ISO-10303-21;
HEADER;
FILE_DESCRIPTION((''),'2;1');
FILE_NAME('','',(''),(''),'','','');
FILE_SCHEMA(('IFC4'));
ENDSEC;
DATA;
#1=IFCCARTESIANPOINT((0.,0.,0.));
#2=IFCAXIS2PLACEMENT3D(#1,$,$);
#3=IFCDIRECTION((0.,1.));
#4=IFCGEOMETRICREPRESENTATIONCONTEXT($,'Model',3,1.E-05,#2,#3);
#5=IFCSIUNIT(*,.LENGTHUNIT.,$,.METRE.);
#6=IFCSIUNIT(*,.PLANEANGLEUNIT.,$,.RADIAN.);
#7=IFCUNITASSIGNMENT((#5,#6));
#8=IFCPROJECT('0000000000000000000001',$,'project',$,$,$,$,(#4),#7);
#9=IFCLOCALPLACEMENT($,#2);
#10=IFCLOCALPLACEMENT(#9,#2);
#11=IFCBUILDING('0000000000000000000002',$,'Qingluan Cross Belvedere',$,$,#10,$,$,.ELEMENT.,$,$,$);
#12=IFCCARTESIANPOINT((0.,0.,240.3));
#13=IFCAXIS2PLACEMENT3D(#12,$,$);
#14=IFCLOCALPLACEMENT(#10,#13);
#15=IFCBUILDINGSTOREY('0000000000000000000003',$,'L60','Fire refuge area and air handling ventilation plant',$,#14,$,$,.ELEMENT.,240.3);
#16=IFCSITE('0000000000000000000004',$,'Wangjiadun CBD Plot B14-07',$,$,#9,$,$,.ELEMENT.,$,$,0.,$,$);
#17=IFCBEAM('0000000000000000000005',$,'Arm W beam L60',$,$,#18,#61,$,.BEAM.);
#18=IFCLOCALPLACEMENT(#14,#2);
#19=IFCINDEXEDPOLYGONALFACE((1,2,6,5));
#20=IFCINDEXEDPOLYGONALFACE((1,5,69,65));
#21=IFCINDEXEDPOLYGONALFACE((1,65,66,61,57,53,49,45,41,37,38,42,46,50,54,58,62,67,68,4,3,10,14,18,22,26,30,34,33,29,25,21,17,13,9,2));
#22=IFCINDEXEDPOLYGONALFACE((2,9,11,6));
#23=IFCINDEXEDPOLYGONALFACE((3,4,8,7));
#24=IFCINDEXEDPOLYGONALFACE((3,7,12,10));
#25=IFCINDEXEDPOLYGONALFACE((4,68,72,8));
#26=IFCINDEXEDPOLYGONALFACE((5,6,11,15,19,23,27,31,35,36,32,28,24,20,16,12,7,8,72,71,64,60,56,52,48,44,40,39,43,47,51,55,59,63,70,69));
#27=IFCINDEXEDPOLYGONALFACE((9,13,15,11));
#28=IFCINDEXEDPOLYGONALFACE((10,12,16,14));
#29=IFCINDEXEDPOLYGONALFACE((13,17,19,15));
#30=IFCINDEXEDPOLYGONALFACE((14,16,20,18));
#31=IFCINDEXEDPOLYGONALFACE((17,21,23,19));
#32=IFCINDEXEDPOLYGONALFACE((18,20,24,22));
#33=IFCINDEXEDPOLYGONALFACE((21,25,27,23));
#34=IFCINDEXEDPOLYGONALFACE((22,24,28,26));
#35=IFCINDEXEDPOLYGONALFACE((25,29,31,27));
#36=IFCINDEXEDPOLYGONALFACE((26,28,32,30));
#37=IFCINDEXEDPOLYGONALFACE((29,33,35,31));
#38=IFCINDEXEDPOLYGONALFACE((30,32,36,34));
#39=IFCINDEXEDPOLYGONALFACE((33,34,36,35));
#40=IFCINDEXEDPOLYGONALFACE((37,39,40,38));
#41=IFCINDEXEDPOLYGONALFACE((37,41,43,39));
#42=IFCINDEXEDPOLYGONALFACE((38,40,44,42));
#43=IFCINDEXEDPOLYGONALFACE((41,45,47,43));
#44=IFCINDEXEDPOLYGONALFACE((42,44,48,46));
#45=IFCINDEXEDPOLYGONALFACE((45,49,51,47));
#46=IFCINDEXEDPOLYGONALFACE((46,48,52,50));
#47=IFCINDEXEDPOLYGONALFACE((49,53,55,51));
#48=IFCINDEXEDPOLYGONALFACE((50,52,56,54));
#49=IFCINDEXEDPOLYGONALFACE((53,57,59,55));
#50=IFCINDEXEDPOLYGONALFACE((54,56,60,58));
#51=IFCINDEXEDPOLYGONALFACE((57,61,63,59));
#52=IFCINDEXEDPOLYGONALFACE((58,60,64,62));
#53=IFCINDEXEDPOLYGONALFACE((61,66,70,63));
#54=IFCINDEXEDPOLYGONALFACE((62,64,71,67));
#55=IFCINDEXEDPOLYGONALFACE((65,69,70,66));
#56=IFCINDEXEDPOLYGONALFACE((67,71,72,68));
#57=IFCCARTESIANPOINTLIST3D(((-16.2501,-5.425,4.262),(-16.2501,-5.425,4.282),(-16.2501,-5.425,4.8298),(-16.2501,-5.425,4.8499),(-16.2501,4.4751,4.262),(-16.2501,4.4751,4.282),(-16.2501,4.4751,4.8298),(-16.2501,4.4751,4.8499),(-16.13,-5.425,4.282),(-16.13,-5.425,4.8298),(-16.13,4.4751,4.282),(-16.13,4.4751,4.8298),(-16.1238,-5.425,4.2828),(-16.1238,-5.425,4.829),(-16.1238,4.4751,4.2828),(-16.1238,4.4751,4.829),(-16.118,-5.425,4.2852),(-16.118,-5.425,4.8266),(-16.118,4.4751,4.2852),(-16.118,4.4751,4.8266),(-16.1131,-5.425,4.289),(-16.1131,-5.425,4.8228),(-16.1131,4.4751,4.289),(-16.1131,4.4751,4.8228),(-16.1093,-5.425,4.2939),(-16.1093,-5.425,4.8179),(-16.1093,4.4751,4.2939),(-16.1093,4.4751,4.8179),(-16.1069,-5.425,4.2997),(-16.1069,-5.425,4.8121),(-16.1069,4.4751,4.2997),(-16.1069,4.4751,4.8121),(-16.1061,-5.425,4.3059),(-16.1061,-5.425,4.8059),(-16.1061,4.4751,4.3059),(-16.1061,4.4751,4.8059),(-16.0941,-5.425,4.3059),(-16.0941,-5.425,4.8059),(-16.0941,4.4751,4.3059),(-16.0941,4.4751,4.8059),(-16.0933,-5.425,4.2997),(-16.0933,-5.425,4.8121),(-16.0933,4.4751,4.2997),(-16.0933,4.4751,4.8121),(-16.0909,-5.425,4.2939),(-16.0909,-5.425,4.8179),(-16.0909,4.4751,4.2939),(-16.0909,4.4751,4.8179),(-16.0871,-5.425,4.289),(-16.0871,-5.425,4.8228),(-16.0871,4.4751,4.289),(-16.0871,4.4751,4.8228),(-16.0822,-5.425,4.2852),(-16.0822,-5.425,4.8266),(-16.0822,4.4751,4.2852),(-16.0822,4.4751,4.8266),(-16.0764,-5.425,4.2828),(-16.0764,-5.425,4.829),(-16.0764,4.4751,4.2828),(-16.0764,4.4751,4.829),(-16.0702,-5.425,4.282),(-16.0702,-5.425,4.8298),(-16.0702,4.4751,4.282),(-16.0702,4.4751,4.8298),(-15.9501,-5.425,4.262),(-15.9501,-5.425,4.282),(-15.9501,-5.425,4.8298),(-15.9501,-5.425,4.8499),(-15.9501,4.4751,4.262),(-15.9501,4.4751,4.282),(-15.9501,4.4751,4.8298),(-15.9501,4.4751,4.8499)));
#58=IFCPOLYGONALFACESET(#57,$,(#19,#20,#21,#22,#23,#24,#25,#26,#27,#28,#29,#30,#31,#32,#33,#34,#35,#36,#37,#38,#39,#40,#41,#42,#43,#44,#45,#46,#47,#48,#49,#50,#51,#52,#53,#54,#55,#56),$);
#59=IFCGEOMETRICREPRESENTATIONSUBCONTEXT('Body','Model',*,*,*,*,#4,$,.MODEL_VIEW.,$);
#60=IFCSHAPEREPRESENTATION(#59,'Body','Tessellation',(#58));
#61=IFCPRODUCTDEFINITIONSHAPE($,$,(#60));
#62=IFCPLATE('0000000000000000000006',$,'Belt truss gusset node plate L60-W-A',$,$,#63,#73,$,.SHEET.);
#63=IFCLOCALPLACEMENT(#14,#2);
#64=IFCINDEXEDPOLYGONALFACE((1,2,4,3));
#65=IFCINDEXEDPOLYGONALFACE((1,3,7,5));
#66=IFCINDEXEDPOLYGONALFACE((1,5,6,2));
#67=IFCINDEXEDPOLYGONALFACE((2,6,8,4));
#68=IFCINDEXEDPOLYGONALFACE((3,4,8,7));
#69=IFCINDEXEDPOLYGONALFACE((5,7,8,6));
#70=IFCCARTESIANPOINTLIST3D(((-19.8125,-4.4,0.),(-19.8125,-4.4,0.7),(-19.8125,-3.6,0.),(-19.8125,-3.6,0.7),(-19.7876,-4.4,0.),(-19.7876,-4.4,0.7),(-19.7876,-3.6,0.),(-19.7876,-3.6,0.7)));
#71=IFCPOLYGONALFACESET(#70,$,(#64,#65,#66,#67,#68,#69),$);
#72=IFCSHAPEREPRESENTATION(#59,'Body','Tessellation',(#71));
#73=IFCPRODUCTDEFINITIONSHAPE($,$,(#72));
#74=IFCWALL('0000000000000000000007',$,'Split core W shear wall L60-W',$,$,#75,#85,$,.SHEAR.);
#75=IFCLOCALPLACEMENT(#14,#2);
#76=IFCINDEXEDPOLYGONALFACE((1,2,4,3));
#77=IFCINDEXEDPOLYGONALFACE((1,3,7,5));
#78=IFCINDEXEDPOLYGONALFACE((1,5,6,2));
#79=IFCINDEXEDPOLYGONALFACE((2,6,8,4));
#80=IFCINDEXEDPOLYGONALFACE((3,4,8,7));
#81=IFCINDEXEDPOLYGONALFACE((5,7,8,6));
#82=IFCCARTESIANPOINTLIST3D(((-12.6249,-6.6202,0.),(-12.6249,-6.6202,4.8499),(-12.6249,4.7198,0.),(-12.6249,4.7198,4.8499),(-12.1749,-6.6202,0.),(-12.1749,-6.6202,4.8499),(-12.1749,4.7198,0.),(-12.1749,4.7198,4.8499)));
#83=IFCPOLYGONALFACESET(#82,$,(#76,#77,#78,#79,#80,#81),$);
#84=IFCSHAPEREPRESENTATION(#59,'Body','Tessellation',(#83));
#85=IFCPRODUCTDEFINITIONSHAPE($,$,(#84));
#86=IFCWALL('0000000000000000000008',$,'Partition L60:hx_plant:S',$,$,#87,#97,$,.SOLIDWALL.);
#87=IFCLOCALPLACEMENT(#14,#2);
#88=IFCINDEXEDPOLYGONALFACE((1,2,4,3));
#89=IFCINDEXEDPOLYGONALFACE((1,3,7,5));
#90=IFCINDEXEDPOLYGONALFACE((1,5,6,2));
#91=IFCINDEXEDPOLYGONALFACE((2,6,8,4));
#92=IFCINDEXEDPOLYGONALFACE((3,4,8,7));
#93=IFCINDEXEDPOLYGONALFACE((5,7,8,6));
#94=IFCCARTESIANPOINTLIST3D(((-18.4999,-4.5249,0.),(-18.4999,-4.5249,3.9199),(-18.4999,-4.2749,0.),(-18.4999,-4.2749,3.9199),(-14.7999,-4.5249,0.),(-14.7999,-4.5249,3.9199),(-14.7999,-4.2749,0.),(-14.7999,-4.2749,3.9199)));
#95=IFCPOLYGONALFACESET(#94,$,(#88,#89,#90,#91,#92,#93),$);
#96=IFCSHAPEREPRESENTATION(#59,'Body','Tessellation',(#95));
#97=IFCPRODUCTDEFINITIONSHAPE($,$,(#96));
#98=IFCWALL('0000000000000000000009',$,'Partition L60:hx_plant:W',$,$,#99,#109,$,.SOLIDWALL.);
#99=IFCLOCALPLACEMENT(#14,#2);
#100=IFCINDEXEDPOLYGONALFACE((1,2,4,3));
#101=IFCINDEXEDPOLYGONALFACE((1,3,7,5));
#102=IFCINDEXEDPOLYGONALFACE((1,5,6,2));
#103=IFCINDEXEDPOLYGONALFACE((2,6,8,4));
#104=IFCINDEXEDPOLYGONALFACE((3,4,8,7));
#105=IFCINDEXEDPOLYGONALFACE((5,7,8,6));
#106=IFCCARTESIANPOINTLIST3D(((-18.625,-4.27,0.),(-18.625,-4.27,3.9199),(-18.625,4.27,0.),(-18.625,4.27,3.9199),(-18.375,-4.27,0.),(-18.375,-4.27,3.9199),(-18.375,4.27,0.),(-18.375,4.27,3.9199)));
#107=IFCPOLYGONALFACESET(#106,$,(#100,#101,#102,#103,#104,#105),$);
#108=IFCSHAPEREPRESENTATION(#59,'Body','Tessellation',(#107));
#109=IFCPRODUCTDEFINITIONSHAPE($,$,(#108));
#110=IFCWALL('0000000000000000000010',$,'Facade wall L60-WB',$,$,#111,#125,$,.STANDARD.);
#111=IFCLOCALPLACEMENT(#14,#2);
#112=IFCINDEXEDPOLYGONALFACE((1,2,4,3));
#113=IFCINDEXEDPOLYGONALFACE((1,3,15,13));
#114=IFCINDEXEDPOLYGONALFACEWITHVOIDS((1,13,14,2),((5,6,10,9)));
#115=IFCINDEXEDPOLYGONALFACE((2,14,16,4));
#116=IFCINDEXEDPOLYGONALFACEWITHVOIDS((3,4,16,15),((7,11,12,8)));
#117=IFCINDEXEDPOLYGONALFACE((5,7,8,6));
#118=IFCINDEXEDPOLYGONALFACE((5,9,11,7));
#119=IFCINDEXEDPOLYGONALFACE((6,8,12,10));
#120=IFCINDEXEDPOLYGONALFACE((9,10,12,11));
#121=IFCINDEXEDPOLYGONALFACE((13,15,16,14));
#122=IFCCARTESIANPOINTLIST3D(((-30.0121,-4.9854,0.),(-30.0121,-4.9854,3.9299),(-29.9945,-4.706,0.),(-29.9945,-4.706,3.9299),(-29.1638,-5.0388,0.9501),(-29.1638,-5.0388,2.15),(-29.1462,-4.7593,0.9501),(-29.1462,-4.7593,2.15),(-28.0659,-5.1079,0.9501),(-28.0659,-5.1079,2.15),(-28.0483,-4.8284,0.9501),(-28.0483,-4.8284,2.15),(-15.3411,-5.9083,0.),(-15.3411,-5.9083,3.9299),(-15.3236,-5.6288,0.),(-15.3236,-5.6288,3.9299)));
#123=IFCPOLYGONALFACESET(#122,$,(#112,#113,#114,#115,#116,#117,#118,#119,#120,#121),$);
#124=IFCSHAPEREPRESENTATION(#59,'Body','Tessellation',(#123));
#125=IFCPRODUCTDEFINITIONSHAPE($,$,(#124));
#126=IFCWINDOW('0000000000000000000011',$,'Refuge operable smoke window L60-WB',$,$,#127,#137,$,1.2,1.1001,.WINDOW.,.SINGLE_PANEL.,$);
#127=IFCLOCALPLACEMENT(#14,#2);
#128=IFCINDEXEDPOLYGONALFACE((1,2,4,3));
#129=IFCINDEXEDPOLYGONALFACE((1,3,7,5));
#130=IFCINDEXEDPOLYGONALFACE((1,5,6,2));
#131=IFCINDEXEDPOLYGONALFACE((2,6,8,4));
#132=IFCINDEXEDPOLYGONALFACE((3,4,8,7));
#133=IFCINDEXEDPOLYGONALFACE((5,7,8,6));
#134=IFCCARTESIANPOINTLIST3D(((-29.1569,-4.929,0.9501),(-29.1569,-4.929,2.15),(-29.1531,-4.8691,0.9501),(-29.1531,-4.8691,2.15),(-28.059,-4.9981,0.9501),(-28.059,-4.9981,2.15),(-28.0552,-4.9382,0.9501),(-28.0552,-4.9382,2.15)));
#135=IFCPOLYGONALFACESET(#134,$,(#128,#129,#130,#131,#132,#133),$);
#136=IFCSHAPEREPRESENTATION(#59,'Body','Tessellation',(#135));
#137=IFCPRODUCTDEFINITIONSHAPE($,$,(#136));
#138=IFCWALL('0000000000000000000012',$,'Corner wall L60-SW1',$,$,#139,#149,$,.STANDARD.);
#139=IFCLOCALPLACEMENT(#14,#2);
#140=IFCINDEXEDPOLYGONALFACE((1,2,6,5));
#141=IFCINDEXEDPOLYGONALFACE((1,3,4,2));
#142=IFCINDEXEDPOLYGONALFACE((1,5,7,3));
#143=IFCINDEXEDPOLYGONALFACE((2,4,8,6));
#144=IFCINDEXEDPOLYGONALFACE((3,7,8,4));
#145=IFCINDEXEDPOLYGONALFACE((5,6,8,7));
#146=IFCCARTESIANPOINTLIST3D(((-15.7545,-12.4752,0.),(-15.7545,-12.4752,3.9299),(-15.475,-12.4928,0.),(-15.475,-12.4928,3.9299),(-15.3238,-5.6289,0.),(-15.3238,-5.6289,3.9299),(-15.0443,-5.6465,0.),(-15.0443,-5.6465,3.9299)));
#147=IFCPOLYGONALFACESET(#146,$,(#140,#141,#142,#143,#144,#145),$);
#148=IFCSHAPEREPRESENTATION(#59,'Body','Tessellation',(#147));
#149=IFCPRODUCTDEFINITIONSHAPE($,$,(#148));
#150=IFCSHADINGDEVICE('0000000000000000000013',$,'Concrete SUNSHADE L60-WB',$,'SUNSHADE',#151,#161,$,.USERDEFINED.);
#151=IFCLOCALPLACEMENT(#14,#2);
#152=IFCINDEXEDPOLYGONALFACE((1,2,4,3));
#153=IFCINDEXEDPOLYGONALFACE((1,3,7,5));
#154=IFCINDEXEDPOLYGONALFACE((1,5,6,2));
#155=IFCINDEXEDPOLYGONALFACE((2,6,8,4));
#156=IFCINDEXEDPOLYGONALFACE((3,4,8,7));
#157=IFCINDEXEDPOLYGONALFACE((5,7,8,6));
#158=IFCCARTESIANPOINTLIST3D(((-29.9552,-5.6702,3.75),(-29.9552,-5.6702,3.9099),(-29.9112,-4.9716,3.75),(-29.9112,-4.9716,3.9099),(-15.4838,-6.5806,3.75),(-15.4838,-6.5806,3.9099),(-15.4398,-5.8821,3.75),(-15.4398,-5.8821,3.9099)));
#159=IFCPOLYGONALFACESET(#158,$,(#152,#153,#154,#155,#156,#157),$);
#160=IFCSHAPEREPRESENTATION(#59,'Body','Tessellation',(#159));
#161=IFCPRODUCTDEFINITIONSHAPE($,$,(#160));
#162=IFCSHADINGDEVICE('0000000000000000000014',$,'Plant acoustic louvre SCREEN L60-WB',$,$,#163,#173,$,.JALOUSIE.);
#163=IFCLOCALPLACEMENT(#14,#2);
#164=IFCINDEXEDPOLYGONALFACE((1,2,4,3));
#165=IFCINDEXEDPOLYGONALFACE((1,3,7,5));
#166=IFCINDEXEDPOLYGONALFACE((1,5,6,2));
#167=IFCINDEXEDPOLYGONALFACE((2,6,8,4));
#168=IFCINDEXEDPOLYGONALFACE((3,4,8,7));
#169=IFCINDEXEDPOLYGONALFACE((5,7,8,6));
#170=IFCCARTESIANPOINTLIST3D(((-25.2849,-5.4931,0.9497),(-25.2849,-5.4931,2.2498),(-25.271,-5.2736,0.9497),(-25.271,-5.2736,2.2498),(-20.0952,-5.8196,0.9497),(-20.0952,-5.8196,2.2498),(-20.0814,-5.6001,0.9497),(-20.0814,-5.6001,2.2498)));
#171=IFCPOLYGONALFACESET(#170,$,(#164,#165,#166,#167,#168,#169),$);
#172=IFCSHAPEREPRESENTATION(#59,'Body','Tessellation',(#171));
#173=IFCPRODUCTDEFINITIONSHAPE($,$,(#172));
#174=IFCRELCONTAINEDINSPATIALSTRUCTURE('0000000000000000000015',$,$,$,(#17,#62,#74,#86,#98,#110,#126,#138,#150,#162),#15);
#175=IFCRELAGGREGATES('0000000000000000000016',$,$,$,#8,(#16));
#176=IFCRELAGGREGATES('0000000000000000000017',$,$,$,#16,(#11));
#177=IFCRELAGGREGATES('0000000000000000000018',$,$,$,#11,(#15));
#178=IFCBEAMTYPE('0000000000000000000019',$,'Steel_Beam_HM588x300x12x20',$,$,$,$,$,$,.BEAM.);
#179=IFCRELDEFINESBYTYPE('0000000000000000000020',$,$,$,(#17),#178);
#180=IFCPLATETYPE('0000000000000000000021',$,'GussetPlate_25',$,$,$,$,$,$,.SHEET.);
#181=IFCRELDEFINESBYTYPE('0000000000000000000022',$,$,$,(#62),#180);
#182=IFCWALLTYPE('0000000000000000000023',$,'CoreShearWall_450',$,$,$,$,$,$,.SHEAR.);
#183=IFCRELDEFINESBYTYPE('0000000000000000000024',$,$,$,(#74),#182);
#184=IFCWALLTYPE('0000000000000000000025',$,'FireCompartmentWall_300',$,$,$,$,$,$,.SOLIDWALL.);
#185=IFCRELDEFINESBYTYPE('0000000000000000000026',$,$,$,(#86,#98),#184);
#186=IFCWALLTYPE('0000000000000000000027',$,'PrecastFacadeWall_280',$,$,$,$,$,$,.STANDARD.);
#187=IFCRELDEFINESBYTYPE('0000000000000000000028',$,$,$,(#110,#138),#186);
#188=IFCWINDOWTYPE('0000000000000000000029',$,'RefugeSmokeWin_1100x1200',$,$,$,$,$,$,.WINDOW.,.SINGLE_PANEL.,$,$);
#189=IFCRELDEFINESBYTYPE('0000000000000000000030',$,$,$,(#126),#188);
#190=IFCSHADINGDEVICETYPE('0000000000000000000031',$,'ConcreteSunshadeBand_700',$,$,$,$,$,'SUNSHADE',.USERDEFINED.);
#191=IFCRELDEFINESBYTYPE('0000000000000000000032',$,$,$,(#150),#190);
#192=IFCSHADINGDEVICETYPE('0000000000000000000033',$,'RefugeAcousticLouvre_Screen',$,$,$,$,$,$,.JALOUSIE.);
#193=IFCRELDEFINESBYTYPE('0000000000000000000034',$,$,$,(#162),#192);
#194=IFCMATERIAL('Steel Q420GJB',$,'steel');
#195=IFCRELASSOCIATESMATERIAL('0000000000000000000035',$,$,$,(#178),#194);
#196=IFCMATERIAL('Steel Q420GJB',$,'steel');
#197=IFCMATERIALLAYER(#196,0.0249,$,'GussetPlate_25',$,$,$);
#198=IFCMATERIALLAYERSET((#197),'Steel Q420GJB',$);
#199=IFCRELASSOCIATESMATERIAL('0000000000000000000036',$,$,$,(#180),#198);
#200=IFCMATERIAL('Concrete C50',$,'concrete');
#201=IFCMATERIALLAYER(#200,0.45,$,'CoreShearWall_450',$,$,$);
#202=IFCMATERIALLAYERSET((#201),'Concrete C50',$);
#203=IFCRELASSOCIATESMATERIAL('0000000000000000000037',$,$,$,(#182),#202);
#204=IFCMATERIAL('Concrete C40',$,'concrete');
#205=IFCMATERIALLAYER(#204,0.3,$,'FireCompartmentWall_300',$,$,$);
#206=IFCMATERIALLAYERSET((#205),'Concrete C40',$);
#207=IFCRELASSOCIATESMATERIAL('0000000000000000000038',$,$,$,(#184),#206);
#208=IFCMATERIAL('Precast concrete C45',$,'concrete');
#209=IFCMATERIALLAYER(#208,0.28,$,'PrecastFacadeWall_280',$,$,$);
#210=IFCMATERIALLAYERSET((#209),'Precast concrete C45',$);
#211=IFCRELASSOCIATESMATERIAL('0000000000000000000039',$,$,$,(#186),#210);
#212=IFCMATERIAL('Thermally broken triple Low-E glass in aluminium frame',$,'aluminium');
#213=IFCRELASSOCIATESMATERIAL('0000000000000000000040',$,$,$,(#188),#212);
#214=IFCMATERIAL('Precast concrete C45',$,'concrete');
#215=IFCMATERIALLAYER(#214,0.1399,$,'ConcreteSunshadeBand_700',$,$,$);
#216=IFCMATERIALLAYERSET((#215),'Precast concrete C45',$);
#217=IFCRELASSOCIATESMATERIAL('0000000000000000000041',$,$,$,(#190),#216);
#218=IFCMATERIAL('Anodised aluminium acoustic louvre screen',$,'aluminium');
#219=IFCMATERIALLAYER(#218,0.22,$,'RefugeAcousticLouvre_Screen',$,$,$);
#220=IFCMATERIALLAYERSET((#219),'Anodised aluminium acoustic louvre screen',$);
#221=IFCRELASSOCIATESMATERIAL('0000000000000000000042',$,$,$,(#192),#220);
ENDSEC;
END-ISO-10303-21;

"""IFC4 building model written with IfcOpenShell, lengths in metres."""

from ifc_helpers import new_model, si_unit, direction, frame, frame_2d, origin, origin_2d, place, context, subcontext, project, spatial, rectangle, i_section, extrude, material, layer, layer_set, material_profile, profile_set, type_object, element, fill, save


model = new_model("IFC4")

# Units and contexts
model_context = context("Model", 3, precision=1e-05, world=origin(), true_north=direction((0.0, 1.0)))
body_context = subcontext(model_context, "Body", "Model", "MODEL_VIEW")
ifc_project = project(units=[si_unit("LENGTHUNIT", "METRE"), si_unit("PLANEANGLEUNIT", "RADIAN")], contexts=[model_context])

# Site, building, storey
site_placement = place(None, origin())
site = spatial("IfcSite", under=ifc_project, at=site_placement, Name="Wangjiadun CBD Plot B14-07", CompositionType="ELEMENT", RefElevation=0.0)
building_placement = place(site_placement, origin())
building = spatial("IfcBuilding", under=site, at=building_placement, Name="Qingluan Cross Belvedere", CompositionType="ELEMENT")
storey_placement = place(building_placement, frame((0.0, 0.0, 240.3)))
storey = spatial("IfcBuildingStorey", under=building, at=storey_placement, Name="L60", Description="Fire refuge area and air handling ventilation plant", CompositionType="ELEMENT", Elevation=240.3)

# Beam
ifc_material_1 = material(Name="Steel Q420GJB", Category="steel")
ifc_material_profile_1 = material_profile(ifc_material_1, i_section(OverallWidth=0.3, OverallDepth=0.5879, WebThickness=0.012, FlangeThickness=0.02, FilletRadius=0.0239, at=origin_2d()), Name="HM588x300x12x20")
ifc_profile_set_1 = profile_set([ifc_material_profile_1], Name="Steel Q420GJB")
beam_type_1 = type_object("IfcBeamType", Name="Steel_Beam_HM588x300x12x20", PredefinedType="BEAM", material=ifc_profile_set_1)
beam_1_placement = place(storey_placement, frame((-16.1001, -5.425, 4.5559), z_axis=(0.0, 1.0, 0.0), x_axis=(-1.0, 0.0, 0.0)))
element("IfcBeam", 1, at=beam_1_placement, inside=storey, type_object=beam_type_1, Name="Arm W beam L60", PredefinedType="BEAM", context=body_context, shape_type="SweptSolid", body=[
    extrude(i_section(OverallWidth=0.3, OverallDepth=0.5879, WebThickness=0.012, FlangeThickness=0.02, FilletRadius=0.0239, at=origin_2d()), origin(), (0.0, 0.0, 1.0), 9.9001),
])

# Plate
ifc_material_2 = material(Name="Steel Q420GJB", Category="steel")
ifc_layer_1 = layer(ifc_material_2, 0.0249, Name="GussetPlate_25")
ifc_layer_set_1 = layer_set([ifc_layer_1], Name="Steel Q420GJB")
plate_type = type_object("IfcPlateType", Name="GussetPlate_25", PredefinedType="SHEET", material=ifc_layer_set_1)
plate_placement = place(storey_placement, frame((-19.8, -4.0, 0.0), z_axis=(0.0, 0.0, 1.0), x_axis=(0.0, 1.0, 0.0)))
element("IfcPlate", 2, at=plate_placement, inside=storey, type_object=plate_type, Name="Belt truss gusset node plate L60-W-A", PredefinedType="SHEET", context=body_context, shape_type="SweptSolid", body=[
    extrude(rectangle(XDim=0.8, YDim=0.0249, at=origin_2d()), origin(), (0.0, 0.0, 1.0), 0.7),
])

# Walls
ifc_material_3 = material(Name="Concrete C50", Category="concrete")
ifc_layer_2 = layer(ifc_material_3, 0.45, Name="CoreShearWall_450")
ifc_layer_set_2 = layer_set([ifc_layer_2], Name="Concrete C50")
wall_type_1 = type_object("IfcWallType", Name="CoreShearWall_450", PredefinedType="SHEAR", material=ifc_layer_set_2)
wall_1_placement = place(storey_placement, frame((-12.3999, -6.6201, 0.0), z_axis=(0.0, 0.0, 1.0), x_axis=(0.0, 1.0, 0.0)))
element("IfcWall", 3, at=wall_1_placement, inside=storey, type_object=wall_type_1, Name="Split core W shear wall L60-W", PredefinedType="SHEAR", context=body_context, shape_type="SweptSolid", body=[
    extrude(rectangle(XDim=11.3401, YDim=0.45, at=frame_2d((5.6699, 0.0))), origin(), (0.0, 0.0, 1.0), 4.8499),
])
ifc_material_4 = material(Name="Concrete C40", Category="concrete")
ifc_layer_3 = layer(ifc_material_4, 0.3, Name="FireCompartmentWall_300")
ifc_layer_set_3 = layer_set([ifc_layer_3], Name="Concrete C40")
wall_type_2 = type_object("IfcWallType", Name="FireCompartmentWall_300", PredefinedType="SOLIDWALL", material=ifc_layer_set_3)
wall_2_placement = place(storey_placement, frame((-18.5, -4.3999, 0.0), z_axis=(0.0, 0.0, 1.0), x_axis=(1.0, 0.0, 0.0)))
element("IfcWall", 4, at=wall_2_placement, inside=storey, type_object=wall_type_2, Name="Partition L60:hx_plant:S", PredefinedType="SOLIDWALL", context=body_context, shape_type="SweptSolid", body=[
    extrude(rectangle(XDim=3.7, YDim=0.25, at=frame_2d((1.8501, 0.0))), origin(), (0.0, 0.0, 1.0), 3.9199),
])
wall_3_placement = place(storey_placement, frame((-18.5, -4.27, 0.0), z_axis=(0.0, 0.0, 1.0), x_axis=(0.0, 1.0, 0.0)))
element("IfcWall", 5, at=wall_3_placement, inside=storey, type_object=wall_type_2, Name="Partition L60:hx_plant:W", PredefinedType="SOLIDWALL", context=body_context, shape_type="SweptSolid", body=[
    extrude(rectangle(XDim=8.54, YDim=0.25, at=frame_2d((4.27, 0.0))), origin(), (0.0, 0.0, 1.0), 3.9199),
])

# Wall, opening, window
ifc_material_5 = material(Name="Precast concrete C45", Category="concrete")
ifc_layer_4 = layer(ifc_material_5, 0.28, Name="PrecastFacadeWall_280")
ifc_layer_set_4 = layer_set([ifc_layer_4], Name="Precast concrete C45")
wall_type_3 = type_object("IfcWallType", Name="PrecastFacadeWall_280", PredefinedType="STANDARD", material=ifc_layer_set_4)
wall_4_placement = place(storey_placement, frame((-30.0034, -4.8457, 0.0), z_axis=(0.0, 0.0, 1.0), x_axis=(0.998027, -0.062779, 0.0)))
wall_4 = element("IfcWall", 6, at=wall_4_placement, inside=storey, type_object=wall_type_3, Name="Facade wall L60-WB", PredefinedType="STANDARD", context=body_context, shape_type="SweptSolid", body=[
    extrude(rectangle(XDim=14.7, YDim=0.28, at=frame_2d((7.3501, 0.0))), origin(), (0.0, 0.0, 1.0), 3.9299),
])
opening_1_placement = place(wall_4_placement, frame((0.8501, 0.0, 0.95)))
opening_1 = element("IfcOpeningElement", 7, at=opening_1_placement, cuts=wall_4, PredefinedType="OPENING", context=body_context, shape_type="SweptSolid", body=[
    extrude(rectangle(XDim=1.1001, YDim=1.2, at=frame_2d((0.55, 0.6001))), frame((0.0, 0.1499, 0.0), z_axis=(0.0, -1.0, 0.0), x_axis=(1.0, 0.0, 0.0)), (0.0, 0.0, 1.0), 0.3),
])
ifc_material_6 = material(Name="Thermally broken triple Low-E glass in aluminium frame", Category="aluminium")
window_type = type_object("IfcWindowType", Name="RefugeSmokeWin_1100x1200", PartitioningType="SINGLE_PANEL", PredefinedType="WINDOW", material=ifc_material_6)
window_placement = place(opening_1_placement, origin())
window = element("IfcWindow", 8, at=window_placement, inside=storey, type_object=window_type, Name="Refuge operable smoke window L60-WB", OverallHeight=1.2, OverallWidth=1.1001, PartitioningType="SINGLE_PANEL", PredefinedType="WINDOW", context=body_context, shape_type="SweptSolid", body=[
    extrude(rectangle(XDim=1.1001, YDim=1.2, at=frame_2d((0.55, 0.6001))), frame((0.0, 0.03, 0.0), z_axis=(0.0, -1.0, 0.0), x_axis=(1.0, 0.0, 0.0)), (0.0, 0.0, 1.0), 0.0601),
])
fill(opening_1, window)

# Wall
wall_5_placement = place(storey_placement, frame((-15.1841, -5.6377, 0.0), z_axis=(0.0, 0.0, 1.0), x_axis=(-0.062779, -0.998027, 0.0)))
element("IfcWall", 9, at=wall_5_placement, inside=storey, type_object=wall_type_3, Name="Corner wall L60-SW1", PredefinedType="STANDARD", context=body_context, shape_type="SweptSolid", body=[
    extrude(rectangle(XDim=6.8599, YDim=0.28, at=frame_2d((3.4299, 0.0))), origin(), (0.0, 0.0, 1.0), 3.9299),
])

# Shading devices
ifc_material_7 = material(Name="Precast concrete C45", Category="concrete")
ifc_layer_5 = layer(ifc_material_7, 0.1399, Name="ConcreteSunshadeBand_700")
ifc_layer_set_5 = layer_set([ifc_layer_5], Name="Precast concrete C45")
shading_device_type_1 = type_object("IfcShadingDeviceType", Name="ConcreteSunshadeBand_700", ElementType="SUNSHADE", PredefinedType="USERDEFINED", material=ifc_layer_set_5)
shading_device_1_placement = place(storey_placement, frame((-22.6975, -5.7761, 3.75), z_axis=(0.0, 0.0, 1.0), x_axis=(0.998027, -0.062789, 0.0)))
element("IfcShadingDevice", 10, at=shading_device_1_placement, inside=storey, type_object=shading_device_type_1, Name="Concrete SUNSHADE L60-WB", ObjectType="SUNSHADE", PredefinedType="USERDEFINED", context=body_context, shape_type="SweptSolid", body=[
    extrude(rectangle(XDim=14.5, YDim=0.7, at=origin_2d()), origin(), (0.0, 0.0, 1.0), 0.1599),
])
ifc_material_8 = material(Name="Anodised aluminium acoustic louvre screen", Category="aluminium")
ifc_layer_6 = layer(ifc_material_8, 0.22, Name="RefugeAcousticLouvre_Screen")
ifc_layer_set_6 = layer_set([ifc_layer_6], Name="Anodised aluminium acoustic louvre screen")
shading_device_type_2 = type_object("IfcShadingDeviceType", Name="RefugeAcousticLouvre_Screen", PredefinedType="JALOUSIE", material=ifc_layer_set_6)
shading_device_2_placement = place(storey_placement, frame((-22.6831, -5.5466, 0.9497), z_axis=(0.0, 0.0, 1.0), x_axis=(0.998027, -0.062789, 0.0)))
element("IfcShadingDevice", 11, at=shading_device_2_placement, inside=storey, type_object=shading_device_type_2, Name="Plant acoustic louvre SCREEN L60-WB", PredefinedType="JALOUSIE", context=body_context, shape_type="SweptSolid", body=[
    extrude(rectangle(XDim=5.2, YDim=0.22, at=origin_2d()), origin(), (0.0, 0.0, 1.0), 1.3),
])

save(model, "model.ifc")
